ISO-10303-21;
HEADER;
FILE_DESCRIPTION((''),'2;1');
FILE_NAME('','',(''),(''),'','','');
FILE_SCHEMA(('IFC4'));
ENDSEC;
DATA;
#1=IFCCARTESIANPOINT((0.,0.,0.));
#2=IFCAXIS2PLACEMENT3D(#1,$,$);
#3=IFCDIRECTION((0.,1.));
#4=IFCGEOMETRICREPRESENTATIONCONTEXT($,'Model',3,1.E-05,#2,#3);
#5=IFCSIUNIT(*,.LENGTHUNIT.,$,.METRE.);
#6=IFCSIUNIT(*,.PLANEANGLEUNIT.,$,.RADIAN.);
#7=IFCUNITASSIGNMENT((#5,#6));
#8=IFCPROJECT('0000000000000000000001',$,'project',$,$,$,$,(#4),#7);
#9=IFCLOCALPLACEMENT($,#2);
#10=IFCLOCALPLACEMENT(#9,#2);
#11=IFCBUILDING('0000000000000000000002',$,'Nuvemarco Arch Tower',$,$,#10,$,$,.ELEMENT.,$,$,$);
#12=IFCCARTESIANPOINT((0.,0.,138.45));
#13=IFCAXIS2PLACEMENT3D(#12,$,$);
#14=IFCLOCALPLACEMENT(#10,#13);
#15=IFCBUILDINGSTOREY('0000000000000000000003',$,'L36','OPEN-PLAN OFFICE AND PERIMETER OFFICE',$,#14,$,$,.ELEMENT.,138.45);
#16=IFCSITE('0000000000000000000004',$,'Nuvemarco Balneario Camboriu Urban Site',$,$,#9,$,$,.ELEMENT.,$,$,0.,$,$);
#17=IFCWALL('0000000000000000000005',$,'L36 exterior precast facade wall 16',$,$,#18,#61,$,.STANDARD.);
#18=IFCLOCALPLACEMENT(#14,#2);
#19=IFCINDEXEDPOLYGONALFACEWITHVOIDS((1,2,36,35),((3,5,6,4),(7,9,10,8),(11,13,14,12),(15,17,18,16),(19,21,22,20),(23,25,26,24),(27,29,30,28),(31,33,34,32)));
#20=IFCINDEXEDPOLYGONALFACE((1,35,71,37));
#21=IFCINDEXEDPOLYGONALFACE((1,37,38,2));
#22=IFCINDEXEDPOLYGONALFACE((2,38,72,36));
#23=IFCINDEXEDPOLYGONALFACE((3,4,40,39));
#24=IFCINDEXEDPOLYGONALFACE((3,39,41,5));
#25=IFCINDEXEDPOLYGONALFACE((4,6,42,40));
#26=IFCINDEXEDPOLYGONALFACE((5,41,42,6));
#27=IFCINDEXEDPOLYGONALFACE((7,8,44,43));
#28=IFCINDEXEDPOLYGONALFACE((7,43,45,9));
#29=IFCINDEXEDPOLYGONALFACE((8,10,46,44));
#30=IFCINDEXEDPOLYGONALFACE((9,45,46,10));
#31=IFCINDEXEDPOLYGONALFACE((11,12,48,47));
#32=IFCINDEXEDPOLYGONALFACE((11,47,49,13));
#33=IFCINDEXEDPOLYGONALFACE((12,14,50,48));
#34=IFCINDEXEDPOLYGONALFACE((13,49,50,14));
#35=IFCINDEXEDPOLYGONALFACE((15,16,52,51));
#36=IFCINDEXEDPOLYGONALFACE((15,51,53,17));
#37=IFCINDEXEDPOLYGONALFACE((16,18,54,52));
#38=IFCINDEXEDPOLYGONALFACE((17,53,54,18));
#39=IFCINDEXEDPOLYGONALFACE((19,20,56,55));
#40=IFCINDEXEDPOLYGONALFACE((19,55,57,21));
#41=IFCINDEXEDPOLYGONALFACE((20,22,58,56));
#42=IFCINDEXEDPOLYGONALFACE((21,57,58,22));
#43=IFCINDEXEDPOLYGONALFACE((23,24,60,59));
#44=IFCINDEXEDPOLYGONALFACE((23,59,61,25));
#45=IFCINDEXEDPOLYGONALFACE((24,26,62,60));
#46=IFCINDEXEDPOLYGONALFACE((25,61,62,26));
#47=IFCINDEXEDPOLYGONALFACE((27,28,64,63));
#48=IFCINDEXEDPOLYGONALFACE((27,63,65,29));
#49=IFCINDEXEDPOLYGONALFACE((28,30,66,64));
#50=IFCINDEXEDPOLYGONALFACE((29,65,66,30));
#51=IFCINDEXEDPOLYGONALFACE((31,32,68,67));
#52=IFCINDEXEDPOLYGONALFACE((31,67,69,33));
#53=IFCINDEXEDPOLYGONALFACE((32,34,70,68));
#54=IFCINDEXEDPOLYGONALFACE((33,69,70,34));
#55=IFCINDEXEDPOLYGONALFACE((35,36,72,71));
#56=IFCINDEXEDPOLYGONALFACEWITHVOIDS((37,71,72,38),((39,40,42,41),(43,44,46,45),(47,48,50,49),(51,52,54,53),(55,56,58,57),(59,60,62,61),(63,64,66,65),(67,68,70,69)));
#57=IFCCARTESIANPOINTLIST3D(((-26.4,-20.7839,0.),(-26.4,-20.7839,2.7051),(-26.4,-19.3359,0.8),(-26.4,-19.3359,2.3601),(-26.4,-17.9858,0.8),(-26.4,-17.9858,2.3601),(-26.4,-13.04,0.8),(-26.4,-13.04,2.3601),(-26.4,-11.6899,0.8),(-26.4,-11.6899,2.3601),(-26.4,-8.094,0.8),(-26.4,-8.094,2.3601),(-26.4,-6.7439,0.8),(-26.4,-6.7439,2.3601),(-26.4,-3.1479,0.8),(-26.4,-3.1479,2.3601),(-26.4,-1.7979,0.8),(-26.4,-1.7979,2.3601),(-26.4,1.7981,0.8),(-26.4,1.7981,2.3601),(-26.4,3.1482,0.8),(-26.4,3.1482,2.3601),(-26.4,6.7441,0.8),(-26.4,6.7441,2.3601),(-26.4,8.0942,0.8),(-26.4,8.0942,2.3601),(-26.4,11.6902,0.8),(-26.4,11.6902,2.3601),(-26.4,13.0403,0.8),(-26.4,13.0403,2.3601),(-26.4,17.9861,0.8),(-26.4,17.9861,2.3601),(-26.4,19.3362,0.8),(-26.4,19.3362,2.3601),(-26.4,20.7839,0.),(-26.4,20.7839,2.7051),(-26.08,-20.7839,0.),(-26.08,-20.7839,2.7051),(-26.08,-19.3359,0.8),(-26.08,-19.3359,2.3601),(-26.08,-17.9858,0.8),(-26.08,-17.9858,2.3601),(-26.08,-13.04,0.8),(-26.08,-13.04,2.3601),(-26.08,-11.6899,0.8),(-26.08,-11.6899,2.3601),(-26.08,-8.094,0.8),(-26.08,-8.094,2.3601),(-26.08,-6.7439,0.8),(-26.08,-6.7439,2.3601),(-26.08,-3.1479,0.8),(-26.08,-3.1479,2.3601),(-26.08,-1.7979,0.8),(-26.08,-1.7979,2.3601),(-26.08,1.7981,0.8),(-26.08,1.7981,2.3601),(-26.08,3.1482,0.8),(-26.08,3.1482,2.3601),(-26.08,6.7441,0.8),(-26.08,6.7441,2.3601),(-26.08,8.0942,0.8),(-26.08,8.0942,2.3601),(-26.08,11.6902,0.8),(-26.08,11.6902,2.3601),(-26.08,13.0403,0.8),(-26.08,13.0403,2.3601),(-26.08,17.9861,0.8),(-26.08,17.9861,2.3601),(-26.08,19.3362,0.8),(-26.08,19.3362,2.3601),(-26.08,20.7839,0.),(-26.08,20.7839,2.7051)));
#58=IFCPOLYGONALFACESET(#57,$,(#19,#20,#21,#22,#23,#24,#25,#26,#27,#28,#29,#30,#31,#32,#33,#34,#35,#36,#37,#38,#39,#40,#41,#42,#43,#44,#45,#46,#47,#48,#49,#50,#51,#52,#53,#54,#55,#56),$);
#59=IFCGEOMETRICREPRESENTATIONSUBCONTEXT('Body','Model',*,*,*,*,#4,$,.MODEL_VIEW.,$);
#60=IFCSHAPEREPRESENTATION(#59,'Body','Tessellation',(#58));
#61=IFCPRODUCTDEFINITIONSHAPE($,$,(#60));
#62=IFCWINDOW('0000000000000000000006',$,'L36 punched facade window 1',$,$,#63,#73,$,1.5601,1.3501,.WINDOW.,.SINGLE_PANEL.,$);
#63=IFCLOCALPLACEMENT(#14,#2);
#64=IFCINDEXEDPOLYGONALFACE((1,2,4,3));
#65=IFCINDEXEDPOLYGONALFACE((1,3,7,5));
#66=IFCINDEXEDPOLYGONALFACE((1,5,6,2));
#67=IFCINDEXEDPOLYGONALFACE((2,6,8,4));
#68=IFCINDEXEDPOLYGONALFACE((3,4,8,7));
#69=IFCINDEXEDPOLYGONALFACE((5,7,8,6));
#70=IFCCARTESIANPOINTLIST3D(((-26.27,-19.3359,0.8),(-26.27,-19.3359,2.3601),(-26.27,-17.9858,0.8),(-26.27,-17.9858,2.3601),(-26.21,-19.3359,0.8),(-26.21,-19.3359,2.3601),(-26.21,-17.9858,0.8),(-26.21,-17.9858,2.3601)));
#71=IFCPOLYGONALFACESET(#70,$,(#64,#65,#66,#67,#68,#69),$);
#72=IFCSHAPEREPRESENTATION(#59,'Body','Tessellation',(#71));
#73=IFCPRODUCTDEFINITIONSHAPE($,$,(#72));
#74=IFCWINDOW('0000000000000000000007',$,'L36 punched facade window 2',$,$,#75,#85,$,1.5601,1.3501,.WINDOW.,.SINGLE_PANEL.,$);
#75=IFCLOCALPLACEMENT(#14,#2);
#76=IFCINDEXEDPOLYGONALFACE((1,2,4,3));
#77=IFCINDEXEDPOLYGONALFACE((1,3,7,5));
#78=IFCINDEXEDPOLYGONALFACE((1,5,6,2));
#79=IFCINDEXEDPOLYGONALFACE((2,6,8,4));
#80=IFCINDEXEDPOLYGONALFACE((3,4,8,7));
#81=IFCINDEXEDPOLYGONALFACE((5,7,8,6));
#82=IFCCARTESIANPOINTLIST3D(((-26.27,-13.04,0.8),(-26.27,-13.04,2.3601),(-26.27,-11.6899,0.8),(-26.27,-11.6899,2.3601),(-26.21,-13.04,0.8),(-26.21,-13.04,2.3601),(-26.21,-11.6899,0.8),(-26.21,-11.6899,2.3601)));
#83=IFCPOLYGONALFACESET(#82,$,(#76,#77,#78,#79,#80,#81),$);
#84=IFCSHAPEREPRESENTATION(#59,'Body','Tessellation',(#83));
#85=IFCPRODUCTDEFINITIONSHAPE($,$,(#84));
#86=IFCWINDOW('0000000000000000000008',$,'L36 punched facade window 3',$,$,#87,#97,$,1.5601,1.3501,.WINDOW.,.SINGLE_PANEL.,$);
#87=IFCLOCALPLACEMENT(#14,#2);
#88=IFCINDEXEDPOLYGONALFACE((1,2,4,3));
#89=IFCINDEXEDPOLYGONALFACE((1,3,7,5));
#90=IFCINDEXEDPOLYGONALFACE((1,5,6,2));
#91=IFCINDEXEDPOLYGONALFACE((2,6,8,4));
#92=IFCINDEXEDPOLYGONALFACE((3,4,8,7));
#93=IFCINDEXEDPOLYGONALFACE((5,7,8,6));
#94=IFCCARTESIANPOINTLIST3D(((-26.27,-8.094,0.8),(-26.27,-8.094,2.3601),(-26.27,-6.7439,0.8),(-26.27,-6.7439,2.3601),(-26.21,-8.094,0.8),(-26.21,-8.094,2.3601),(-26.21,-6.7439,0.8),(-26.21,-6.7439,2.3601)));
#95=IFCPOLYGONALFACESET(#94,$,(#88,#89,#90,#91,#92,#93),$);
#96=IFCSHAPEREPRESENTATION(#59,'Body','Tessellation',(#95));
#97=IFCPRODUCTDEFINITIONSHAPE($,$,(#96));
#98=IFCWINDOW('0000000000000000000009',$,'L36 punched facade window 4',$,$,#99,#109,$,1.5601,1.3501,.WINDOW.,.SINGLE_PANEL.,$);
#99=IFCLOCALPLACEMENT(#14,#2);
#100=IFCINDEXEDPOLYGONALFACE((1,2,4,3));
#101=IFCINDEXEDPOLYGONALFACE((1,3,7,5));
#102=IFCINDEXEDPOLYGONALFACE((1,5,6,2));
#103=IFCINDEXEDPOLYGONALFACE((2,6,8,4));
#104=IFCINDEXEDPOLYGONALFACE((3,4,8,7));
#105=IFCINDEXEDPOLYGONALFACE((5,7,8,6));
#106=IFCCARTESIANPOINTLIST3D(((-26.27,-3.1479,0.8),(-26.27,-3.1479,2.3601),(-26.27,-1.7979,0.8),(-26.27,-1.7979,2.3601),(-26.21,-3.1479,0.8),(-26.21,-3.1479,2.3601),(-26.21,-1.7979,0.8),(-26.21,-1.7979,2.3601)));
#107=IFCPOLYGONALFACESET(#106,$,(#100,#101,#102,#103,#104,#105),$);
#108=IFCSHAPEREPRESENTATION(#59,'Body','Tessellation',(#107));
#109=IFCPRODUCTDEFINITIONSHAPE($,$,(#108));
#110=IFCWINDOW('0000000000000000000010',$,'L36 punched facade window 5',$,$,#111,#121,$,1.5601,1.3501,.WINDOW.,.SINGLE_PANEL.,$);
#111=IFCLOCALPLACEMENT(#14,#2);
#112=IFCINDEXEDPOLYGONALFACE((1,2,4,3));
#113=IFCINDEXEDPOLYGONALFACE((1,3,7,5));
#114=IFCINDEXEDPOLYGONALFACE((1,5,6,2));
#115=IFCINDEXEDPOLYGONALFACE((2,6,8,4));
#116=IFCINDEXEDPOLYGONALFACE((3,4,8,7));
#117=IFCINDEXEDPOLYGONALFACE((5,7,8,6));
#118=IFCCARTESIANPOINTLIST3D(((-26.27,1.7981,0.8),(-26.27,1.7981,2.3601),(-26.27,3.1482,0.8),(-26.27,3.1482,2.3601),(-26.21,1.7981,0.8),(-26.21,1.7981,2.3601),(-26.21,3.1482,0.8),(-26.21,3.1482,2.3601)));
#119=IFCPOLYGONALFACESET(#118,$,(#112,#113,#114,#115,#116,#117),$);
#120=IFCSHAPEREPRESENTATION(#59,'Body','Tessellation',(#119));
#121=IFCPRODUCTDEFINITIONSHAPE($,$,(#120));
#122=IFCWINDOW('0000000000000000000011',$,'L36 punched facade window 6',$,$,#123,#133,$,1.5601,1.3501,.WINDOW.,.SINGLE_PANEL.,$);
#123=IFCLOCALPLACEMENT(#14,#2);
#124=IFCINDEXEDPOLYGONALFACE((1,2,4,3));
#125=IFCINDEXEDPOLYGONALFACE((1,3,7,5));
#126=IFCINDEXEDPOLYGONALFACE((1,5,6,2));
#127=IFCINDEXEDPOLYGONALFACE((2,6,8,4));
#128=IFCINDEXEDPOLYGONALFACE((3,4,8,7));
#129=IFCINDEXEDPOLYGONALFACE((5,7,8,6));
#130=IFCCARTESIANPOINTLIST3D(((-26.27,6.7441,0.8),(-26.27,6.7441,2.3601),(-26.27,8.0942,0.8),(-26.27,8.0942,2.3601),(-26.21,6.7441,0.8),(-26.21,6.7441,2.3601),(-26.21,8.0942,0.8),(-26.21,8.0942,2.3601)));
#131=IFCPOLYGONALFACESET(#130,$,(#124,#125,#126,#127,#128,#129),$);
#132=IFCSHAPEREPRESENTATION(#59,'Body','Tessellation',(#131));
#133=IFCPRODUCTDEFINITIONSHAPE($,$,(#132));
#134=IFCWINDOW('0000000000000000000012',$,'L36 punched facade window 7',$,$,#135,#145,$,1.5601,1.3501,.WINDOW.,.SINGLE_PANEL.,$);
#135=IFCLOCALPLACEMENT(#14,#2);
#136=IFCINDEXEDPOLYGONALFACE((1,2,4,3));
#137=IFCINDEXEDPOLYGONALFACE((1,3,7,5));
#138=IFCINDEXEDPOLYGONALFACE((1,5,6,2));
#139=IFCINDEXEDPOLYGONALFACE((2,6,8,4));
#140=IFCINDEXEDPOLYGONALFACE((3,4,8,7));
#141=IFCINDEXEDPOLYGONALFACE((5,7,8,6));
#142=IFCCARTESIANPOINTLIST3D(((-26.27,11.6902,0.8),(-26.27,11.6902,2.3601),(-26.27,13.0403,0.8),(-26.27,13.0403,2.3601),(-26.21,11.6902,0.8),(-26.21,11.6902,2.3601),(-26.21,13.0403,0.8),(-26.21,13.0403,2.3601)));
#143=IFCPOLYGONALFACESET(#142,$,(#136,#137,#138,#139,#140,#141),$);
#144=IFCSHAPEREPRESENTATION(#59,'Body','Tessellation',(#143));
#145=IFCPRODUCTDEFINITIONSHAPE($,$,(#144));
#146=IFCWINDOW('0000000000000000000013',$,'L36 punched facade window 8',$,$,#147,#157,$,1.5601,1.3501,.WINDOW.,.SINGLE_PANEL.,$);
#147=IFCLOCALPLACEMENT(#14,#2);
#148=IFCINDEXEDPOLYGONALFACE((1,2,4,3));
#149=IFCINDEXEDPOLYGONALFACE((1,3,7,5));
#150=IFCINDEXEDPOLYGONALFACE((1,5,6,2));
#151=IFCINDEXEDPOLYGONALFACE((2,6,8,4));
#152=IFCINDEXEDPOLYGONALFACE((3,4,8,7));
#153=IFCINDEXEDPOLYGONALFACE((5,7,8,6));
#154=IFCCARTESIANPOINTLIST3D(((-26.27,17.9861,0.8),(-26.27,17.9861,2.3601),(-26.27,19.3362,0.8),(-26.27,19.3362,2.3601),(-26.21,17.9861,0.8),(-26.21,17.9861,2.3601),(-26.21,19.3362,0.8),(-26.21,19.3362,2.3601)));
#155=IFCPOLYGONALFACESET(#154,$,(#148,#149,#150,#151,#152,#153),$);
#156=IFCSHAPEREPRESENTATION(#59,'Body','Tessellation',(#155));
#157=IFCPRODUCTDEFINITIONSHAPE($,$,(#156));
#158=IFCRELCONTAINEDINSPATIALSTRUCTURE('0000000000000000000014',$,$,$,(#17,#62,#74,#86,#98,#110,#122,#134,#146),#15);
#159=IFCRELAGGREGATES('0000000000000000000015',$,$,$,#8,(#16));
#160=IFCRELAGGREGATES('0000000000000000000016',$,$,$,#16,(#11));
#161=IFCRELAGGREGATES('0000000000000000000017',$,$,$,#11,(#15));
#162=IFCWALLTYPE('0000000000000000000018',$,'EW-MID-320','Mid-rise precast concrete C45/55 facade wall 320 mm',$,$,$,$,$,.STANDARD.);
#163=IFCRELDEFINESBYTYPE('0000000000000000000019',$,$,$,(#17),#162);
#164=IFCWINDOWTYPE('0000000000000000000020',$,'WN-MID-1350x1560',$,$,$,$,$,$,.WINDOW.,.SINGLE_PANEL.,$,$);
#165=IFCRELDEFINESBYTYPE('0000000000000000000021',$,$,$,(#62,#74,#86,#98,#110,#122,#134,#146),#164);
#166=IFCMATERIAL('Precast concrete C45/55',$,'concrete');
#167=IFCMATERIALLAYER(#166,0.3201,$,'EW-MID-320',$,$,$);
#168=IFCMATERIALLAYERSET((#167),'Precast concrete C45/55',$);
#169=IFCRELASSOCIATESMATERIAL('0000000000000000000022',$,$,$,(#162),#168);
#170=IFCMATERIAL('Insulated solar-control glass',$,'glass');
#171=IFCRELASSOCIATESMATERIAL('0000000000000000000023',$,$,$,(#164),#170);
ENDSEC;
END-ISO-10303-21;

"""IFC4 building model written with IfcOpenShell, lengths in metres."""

from ifc_helpers import new_model, si_unit, direction, frame, frame_2d, origin, place, context, subcontext, project, spatial, rectangle, extrude, source, transform, mapped, material, layer, layer_set, type_object, type_shapes, element, fill, save


model = new_model("IFC4")

# Units and contexts
model_context = context("Model", 3, precision=1e-05, world=origin(), true_north=direction((0.0, 1.0)))
body_context = subcontext(model_context, "Body", "Model", "MODEL_VIEW")
ifc_project = project(units=[si_unit("LENGTHUNIT", "METRE"), si_unit("PLANEANGLEUNIT", "RADIAN")], contexts=[model_context])

# Site, building, storey
site_placement = place(None, origin())
site = spatial("IfcSite", under=ifc_project, at=site_placement, Name="Nuvemarco Balneario Camboriu Urban Site", CompositionType="ELEMENT", RefElevation=0.0)
building_placement = place(site_placement, origin())
building = spatial("IfcBuilding", under=site, at=building_placement, Name="Nuvemarco Arch Tower", CompositionType="ELEMENT")
storey_placement = place(building_placement, frame((0.0, 0.0, 138.45)))
storey = spatial("IfcBuildingStorey", under=building, at=storey_placement, Name="L36", Description="OPEN-PLAN OFFICE AND PERIMETER OFFICE", CompositionType="ELEMENT", Elevation=138.45)

# Wall, openings, windows
ifc_material_1 = material(Name="Precast concrete C45/55", Category="concrete")
ifc_layer = layer(ifc_material_1, 0.3201, Name="EW-MID-320")
ifc_layer_set = layer_set([ifc_layer], Name="Precast concrete C45/55")
wall_type = type_object("IfcWallType", Name="EW-MID-320", Description="Mid-rise precast concrete C45/55 facade wall 320 mm", PredefinedType="STANDARD", material=ifc_layer_set)
wall_1_placement = place(storey_placement, frame((-26.24, -20.7839, 0.0), z_axis=(0.0, 0.0, 1.0), x_axis=(0.0, 1.0, 0.0)))
wall_1 = element("IfcWall", 1, at=wall_1_placement, inside=storey, type_object=wall_type, Name="L36 exterior precast facade wall 16", PredefinedType="STANDARD", context=body_context, shape_type="SweptSolid", body=[
    extrude(rectangle(XDim=41.5679, YDim=0.3201, at=frame_2d((20.7839, 0.0))), origin(), (0.0, 0.0, 1.0), 2.7051),
])
opening_1_placement = place(wall_1_placement, frame((1.448, 0.0, 0.8)))
opening_1 = element("IfcOpeningElement", 2, at=opening_1_placement, cuts=wall_1, PredefinedType="OPENING", context=body_context, shape_type="SweptSolid", body=[
    extrude(rectangle(XDim=1.3501, YDim=1.5601, at=frame_2d((0.675, 0.78))), frame((0.0, 0.1699, 0.0), z_axis=(0.0, -1.0, 0.0), x_axis=(1.0, 0.0, 0.0)), (0.0, 0.0, 1.0), 0.3401),
])
opening_2_placement = place(wall_1_placement, frame((7.7439, 0.0, 0.8)))
opening_2 = element("IfcOpeningElement", 3, at=opening_2_placement, cuts=wall_1, PredefinedType="OPENING", context=body_context, shape_type="SweptSolid", body=[
    extrude(rectangle(XDim=1.3501, YDim=1.5601, at=frame_2d((0.675, 0.78))), frame((0.0, 0.1699, 0.0), z_axis=(0.0, -1.0, 0.0), x_axis=(1.0, 0.0, 0.0)), (0.0, 0.0, 1.0), 0.3401),
])
opening_3_placement = place(wall_1_placement, frame((12.6899, 0.0, 0.8)))
opening_3 = element("IfcOpeningElement", 4, at=opening_3_placement, cuts=wall_1, PredefinedType="OPENING", context=body_context, shape_type="SweptSolid", body=[
    extrude(rectangle(XDim=1.3501, YDim=1.5601, at=frame_2d((0.675, 0.78))), frame((0.0, 0.1699, 0.0), z_axis=(0.0, -1.0, 0.0), x_axis=(1.0, 0.0, 0.0)), (0.0, 0.0, 1.0), 0.3401),
])
opening_4_placement = place(wall_1_placement, frame((17.636, 0.0, 0.8)))
opening_4 = element("IfcOpeningElement", 5, at=opening_4_placement, cuts=wall_1, PredefinedType="OPENING", context=body_context, shape_type="SweptSolid", body=[
    extrude(rectangle(XDim=1.3501, YDim=1.5601, at=frame_2d((0.675, 0.78))), frame((0.0, 0.1699, 0.0), z_axis=(0.0, -1.0, 0.0), x_axis=(1.0, 0.0, 0.0)), (0.0, 0.0, 1.0), 0.3401),
])
opening_5_placement = place(wall_1_placement, frame((22.582, 0.0, 0.8)))
opening_5 = element("IfcOpeningElement", 6, at=opening_5_placement, cuts=wall_1, PredefinedType="OPENING", context=body_context, shape_type="SweptSolid", body=[
    extrude(rectangle(XDim=1.3501, YDim=1.5601, at=frame_2d((0.675, 0.78))), frame((0.0, 0.1699, 0.0), z_axis=(0.0, -1.0, 0.0), x_axis=(1.0, 0.0, 0.0)), (0.0, 0.0, 1.0), 0.3401),
])
opening_6_placement = place(wall_1_placement, frame((27.5281, 0.0, 0.8)))
opening_6 = element("IfcOpeningElement", 7, at=opening_6_placement, cuts=wall_1, PredefinedType="OPENING", context=body_context, shape_type="SweptSolid", body=[
    extrude(rectangle(XDim=1.3501, YDim=1.5601, at=frame_2d((0.675, 0.78))), frame((0.0, 0.1699, 0.0), z_axis=(0.0, -1.0, 0.0), x_axis=(1.0, 0.0, 0.0)), (0.0, 0.0, 1.0), 0.3401),
])
opening_7_placement = place(wall_1_placement, frame((32.4741, 0.0, 0.8)))
opening_7 = element("IfcOpeningElement", 8, at=opening_7_placement, cuts=wall_1, PredefinedType="OPENING", context=body_context, shape_type="SweptSolid", body=[
    extrude(rectangle(XDim=1.3501, YDim=1.5601, at=frame_2d((0.675, 0.78))), frame((0.0, 0.1699, 0.0), z_axis=(0.0, -1.0, 0.0), x_axis=(1.0, 0.0, 0.0)), (0.0, 0.0, 1.0), 0.3401),
])
opening_8_placement = place(wall_1_placement, frame((38.77, 0.0, 0.8)))
opening_8 = element("IfcOpeningElement", 9, at=opening_8_placement, cuts=wall_1, PredefinedType="OPENING", context=body_context, shape_type="SweptSolid", body=[
    extrude(rectangle(XDim=1.3501, YDim=1.5601, at=frame_2d((0.675, 0.78))), frame((0.0, 0.1699, 0.0), z_axis=(0.0, -1.0, 0.0), x_axis=(1.0, 0.0, 0.0)), (0.0, 0.0, 1.0), 0.3401),
])
ifc_material_2 = material(Name="Insulated solar-control glass", Category="glass")
window_type = type_object("IfcWindowType", Name="WN-MID-1350x1560", PartitioningType="SINGLE_PANEL", PredefinedType="WINDOW", material=ifc_material_2)
shared_shape_1 = source(origin(), body_context, "Body", "SweptSolid", [
    extrude(rectangle(XDim=1.3501, YDim=1.5601, at=frame_2d((0.675, 0.78))), frame((0.0, 0.03, 0.0), z_axis=(0.0, -1.0, 0.0), x_axis=(1.0, 0.0, 0.0)), (0.0, 0.0, 1.0), 0.0601),
])
type_shapes(window_type, [shared_shape_1])
window_1_placement = place(opening_1_placement, origin())
window_1 = element("IfcWindow", 10, at=window_1_placement, inside=storey, type_object=window_type, Name="L36 punched facade window 1", OverallHeight=1.5601, OverallWidth=1.3501, PartitioningType="SINGLE_PANEL", PredefinedType="WINDOW", context=body_context, shape_type="MappedRepresentation", body=[
    mapped(shared_shape_1, transform((0.0, 0.0, 0.0), scale=1.0)),
])
fill(opening_1, window_1)
window_2_placement = place(opening_2_placement, origin())
window_2 = element("IfcWindow", 11, at=window_2_placement, inside=storey, type_object=window_type, Name="L36 punched facade window 2", OverallHeight=1.5601, OverallWidth=1.3501, PartitioningType="SINGLE_PANEL", PredefinedType="WINDOW", context=body_context, shape_type="MappedRepresentation", body=[
    mapped(shared_shape_1, transform((0.0, 0.0, 0.0), scale=1.0)),
])
fill(opening_2, window_2)
window_3_placement = place(opening_3_placement, origin())
window_3 = element("IfcWindow", 12, at=window_3_placement, inside=storey, type_object=window_type, Name="L36 punched facade window 3", OverallHeight=1.5601, OverallWidth=1.3501, PartitioningType="SINGLE_PANEL", PredefinedType="WINDOW", context=body_context, shape_type="MappedRepresentation", body=[
    mapped(shared_shape_1, transform((0.0, 0.0, 0.0), scale=1.0)),
])
fill(opening_3, window_3)
window_4_placement = place(opening_4_placement, origin())
window_4 = element("IfcWindow", 13, at=window_4_placement, inside=storey, type_object=window_type, Name="L36 punched facade window 4", OverallHeight=1.5601, OverallWidth=1.3501, PartitioningType="SINGLE_PANEL", PredefinedType="WINDOW", context=body_context, shape_type="MappedRepresentation", body=[
    mapped(shared_shape_1, transform((0.0, 0.0, 0.0), scale=1.0)),
])
fill(opening_4, window_4)
window_5_placement = place(opening_5_placement, origin())
window_5 = element("IfcWindow", 14, at=window_5_placement, inside=storey, type_object=window_type, Name="L36 punched facade window 5", OverallHeight=1.5601, OverallWidth=1.3501, PartitioningType="SINGLE_PANEL", PredefinedType="WINDOW", context=body_context, shape_type="MappedRepresentation", body=[
    mapped(shared_shape_1, transform((0.0, 0.0, 0.0), scale=1.0)),
])
fill(opening_5, window_5)
window_6_placement = place(opening_6_placement, origin())
window_6 = element("IfcWindow", 15, at=window_6_placement, inside=storey, type_object=window_type, Name="L36 punched facade window 6", OverallHeight=1.5601, OverallWidth=1.3501, PartitioningType="SINGLE_PANEL", PredefinedType="WINDOW", context=body_context, shape_type="MappedRepresentation", body=[
    mapped(shared_shape_1, transform((0.0, 0.0, 0.0), scale=1.0)),
])
fill(opening_6, window_6)
window_7_placement = place(opening_7_placement, origin())
window_7 = element("IfcWindow", 16, at=window_7_placement, inside=storey, type_object=window_type, Name="L36 punched facade window 7", OverallHeight=1.5601, OverallWidth=1.3501, PartitioningType="SINGLE_PANEL", PredefinedType="WINDOW", context=body_context, shape_type="MappedRepresentation", body=[
    mapped(shared_shape_1, transform((0.0, 0.0, 0.0), scale=1.0)),
])
fill(opening_7, window_7)
window_8_placement = place(opening_8_placement, origin())
window_8 = element("IfcWindow", 17, at=window_8_placement, inside=storey, type_object=window_type, Name="L36 punched facade window 8", OverallHeight=1.5601, OverallWidth=1.3501, PartitioningType="SINGLE_PANEL", PredefinedType="WINDOW", context=body_context, shape_type="MappedRepresentation", body=[
    mapped(shared_shape_1, transform((0.0, 0.0, 0.0), scale=1.0)),
])
fill(opening_8, window_8)

save(model, "model.ifc")
